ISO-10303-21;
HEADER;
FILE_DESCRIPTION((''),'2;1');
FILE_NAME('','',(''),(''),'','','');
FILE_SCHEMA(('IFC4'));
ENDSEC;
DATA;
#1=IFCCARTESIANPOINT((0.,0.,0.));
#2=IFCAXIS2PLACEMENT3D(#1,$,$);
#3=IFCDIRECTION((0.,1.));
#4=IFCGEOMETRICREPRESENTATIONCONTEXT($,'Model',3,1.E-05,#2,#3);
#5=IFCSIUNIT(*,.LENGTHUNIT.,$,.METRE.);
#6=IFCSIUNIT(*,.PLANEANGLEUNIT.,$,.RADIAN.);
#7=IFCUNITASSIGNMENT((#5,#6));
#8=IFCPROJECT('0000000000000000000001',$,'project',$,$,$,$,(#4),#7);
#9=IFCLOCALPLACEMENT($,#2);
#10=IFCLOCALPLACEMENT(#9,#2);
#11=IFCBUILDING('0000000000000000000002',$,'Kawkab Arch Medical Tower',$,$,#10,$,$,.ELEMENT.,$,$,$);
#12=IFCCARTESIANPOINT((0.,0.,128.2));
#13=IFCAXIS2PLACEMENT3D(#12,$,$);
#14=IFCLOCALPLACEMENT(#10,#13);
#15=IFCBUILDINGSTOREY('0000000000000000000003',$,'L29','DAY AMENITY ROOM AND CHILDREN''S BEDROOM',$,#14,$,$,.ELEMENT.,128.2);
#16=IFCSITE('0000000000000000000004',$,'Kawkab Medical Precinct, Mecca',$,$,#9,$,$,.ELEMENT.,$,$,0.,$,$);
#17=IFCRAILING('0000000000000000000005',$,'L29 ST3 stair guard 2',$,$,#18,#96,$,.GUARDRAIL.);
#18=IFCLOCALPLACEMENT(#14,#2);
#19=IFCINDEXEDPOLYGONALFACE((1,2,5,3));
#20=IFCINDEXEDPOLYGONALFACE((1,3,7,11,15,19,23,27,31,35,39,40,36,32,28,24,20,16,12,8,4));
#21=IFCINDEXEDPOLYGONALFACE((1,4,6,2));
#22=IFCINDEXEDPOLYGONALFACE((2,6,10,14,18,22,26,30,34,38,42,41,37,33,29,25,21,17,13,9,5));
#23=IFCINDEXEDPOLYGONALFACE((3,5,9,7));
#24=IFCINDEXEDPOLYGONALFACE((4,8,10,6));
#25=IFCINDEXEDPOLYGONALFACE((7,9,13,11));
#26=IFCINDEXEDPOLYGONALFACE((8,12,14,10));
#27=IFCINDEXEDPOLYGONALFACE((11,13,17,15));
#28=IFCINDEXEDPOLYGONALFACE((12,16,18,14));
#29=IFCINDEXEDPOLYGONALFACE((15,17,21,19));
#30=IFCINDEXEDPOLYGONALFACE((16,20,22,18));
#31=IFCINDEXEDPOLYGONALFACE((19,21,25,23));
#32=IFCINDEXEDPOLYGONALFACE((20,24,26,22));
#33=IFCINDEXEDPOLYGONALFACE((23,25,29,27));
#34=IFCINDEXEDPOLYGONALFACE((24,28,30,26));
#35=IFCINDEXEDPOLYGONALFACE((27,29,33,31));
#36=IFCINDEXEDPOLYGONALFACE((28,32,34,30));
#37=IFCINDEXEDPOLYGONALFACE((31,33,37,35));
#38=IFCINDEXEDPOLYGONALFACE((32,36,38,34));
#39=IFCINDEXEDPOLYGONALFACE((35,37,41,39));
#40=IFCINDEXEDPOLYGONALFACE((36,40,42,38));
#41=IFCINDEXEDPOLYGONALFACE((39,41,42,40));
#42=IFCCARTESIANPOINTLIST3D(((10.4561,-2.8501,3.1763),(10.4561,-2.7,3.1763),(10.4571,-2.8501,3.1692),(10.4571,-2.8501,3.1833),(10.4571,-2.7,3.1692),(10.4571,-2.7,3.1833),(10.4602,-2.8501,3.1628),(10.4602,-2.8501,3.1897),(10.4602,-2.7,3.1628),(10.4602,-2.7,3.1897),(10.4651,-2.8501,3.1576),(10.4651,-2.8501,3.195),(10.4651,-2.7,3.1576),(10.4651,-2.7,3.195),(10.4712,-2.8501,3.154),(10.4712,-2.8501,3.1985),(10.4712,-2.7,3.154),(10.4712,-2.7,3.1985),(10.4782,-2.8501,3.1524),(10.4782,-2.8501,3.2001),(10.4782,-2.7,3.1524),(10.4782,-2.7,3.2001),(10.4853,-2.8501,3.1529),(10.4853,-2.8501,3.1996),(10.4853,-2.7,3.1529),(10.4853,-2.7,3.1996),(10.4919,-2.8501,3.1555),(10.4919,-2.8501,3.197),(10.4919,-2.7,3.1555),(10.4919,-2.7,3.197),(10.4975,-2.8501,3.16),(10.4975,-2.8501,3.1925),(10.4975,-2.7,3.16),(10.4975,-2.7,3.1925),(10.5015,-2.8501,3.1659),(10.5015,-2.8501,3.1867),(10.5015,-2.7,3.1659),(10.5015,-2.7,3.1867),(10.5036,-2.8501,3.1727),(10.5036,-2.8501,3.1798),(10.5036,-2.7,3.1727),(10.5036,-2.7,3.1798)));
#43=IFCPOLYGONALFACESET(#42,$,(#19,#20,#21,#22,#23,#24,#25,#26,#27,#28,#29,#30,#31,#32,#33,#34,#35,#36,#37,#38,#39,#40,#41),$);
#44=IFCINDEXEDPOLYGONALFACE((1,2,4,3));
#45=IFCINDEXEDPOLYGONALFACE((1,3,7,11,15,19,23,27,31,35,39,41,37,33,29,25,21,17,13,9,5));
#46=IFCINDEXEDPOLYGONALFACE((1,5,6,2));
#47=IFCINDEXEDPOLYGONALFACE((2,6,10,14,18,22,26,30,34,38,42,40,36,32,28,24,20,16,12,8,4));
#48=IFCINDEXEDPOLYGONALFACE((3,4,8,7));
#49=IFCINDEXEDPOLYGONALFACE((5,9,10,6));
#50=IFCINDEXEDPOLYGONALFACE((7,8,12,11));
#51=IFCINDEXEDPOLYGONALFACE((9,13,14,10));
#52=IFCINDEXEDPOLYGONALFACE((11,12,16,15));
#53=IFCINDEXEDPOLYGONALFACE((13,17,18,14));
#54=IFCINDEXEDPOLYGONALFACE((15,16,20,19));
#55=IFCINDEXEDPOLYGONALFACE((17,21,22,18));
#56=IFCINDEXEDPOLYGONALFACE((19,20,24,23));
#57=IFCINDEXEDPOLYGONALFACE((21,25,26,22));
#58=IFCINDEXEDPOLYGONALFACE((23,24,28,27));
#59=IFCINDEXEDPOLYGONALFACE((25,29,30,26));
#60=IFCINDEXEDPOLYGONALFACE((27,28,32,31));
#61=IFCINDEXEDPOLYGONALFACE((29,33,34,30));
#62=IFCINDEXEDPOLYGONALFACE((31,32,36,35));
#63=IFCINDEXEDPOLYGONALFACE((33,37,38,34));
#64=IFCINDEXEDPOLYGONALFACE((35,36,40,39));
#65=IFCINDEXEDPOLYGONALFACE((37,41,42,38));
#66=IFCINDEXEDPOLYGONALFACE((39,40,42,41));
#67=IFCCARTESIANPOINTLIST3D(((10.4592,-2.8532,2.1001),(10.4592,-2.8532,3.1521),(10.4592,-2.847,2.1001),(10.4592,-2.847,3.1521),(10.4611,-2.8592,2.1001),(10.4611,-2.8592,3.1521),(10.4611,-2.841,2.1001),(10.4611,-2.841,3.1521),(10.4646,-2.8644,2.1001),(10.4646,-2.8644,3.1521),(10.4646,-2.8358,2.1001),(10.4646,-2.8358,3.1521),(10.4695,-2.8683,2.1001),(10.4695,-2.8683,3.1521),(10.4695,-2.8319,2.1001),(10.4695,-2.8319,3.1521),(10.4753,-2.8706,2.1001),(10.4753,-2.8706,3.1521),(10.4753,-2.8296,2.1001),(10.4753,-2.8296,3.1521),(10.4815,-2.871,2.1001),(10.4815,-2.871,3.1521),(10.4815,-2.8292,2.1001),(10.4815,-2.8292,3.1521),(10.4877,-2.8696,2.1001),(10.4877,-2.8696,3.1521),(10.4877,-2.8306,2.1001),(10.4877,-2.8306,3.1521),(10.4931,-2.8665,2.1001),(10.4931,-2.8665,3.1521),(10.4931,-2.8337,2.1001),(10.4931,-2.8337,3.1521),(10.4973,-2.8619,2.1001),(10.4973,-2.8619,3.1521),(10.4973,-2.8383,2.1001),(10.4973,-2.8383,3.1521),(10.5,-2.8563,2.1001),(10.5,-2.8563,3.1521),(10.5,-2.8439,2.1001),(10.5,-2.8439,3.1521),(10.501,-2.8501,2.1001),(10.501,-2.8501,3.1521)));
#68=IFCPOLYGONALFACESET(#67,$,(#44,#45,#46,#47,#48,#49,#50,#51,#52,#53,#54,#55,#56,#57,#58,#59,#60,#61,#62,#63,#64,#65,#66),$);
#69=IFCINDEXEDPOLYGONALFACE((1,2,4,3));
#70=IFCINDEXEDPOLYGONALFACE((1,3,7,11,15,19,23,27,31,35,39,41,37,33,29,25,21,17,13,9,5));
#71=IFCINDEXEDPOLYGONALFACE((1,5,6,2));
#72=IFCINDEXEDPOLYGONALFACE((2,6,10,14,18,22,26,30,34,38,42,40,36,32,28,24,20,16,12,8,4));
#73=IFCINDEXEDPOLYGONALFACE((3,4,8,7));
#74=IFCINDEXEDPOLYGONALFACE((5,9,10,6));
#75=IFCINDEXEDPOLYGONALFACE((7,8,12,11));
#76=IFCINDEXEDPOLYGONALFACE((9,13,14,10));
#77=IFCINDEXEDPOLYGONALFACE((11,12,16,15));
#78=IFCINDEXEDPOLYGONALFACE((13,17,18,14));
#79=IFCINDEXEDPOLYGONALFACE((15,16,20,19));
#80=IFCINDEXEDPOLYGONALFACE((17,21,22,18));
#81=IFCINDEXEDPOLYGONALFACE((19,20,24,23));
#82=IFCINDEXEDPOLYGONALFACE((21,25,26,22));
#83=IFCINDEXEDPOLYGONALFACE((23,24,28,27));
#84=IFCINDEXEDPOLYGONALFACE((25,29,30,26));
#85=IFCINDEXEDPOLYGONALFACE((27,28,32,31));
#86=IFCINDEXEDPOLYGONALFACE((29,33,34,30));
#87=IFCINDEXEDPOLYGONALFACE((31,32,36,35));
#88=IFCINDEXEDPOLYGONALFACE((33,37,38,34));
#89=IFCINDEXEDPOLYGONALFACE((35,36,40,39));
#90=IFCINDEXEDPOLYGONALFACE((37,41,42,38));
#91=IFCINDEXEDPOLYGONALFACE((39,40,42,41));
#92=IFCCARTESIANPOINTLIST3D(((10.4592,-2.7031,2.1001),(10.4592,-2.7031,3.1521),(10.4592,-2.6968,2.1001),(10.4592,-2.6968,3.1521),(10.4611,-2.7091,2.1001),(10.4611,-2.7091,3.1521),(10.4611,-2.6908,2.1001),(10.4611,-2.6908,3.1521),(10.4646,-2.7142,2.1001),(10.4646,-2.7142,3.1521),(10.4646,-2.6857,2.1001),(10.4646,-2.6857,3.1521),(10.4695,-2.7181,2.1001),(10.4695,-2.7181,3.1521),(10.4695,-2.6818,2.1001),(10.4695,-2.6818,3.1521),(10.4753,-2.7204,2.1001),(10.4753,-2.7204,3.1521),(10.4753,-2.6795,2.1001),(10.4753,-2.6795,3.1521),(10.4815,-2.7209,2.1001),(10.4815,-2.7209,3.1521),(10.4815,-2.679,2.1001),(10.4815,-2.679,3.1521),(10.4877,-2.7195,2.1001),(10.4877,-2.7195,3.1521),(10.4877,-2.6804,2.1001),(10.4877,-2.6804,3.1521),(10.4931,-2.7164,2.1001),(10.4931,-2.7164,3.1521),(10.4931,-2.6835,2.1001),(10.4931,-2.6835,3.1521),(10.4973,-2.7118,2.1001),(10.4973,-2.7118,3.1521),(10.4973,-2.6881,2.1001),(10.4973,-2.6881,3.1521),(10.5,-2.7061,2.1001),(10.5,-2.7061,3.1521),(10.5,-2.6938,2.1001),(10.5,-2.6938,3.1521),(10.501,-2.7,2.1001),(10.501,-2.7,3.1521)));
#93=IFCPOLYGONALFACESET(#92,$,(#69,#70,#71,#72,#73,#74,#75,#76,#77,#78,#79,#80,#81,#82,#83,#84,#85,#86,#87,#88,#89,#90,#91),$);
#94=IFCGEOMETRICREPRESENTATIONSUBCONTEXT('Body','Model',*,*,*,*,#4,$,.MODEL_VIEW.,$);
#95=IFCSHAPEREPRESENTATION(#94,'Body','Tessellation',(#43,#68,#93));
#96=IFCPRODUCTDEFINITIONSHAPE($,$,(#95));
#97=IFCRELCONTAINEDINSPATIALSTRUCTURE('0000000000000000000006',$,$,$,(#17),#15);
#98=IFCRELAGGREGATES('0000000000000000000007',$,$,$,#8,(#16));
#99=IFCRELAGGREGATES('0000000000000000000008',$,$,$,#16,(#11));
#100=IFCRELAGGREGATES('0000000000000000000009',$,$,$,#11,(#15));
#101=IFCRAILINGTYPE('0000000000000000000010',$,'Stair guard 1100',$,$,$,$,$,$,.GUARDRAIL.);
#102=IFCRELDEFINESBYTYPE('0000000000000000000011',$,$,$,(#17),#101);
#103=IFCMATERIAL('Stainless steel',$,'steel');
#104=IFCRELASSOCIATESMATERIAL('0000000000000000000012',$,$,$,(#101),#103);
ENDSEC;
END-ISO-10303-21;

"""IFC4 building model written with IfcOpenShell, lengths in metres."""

from ifc_helpers import new_model, si_unit, direction, frame, origin, origin_2d, place, context, subcontext, project, spatial, circle, extrude, material, type_object, element, save


model = new_model("IFC4")

# Units and contexts
model_context = context("Model", 3, precision=1e-05, world=origin(), true_north=direction((0.0, 1.0)))
body_context = subcontext(model_context, "Body", "Model", "MODEL_VIEW")
ifc_project = project(units=[si_unit("LENGTHUNIT", "METRE"), si_unit("PLANEANGLEUNIT", "RADIAN")], contexts=[model_context])

# Site, building, storey
site_placement = place(None, origin())
site = spatial("IfcSite", under=ifc_project, at=site_placement, Name="Kawkab Medical Precinct, Mecca", CompositionType="ELEMENT", RefElevation=0.0)
building_placement = place(site_placement, origin())
building = spatial("IfcBuilding", under=site, at=building_placement, Name="Kawkab Arch Medical Tower", CompositionType="ELEMENT")
storey_placement = place(building_placement, frame((0.0, 0.0, 128.2)))
storey = spatial("IfcBuildingStorey", under=building, at=storey_placement, Name="L29", Description="DAY AMENITY ROOM AND CHILDREN'S BEDROOM", CompositionType="ELEMENT", Elevation=128.2)

# Railing
ifc_material_1 = material(Name="Stainless steel", Category="steel")
railing_type_1 = type_object("IfcRailingType", Name="Stair guard 1100", PredefinedType="GUARDRAIL", material=ifc_material_1)
railing_1_placement = place(storey_placement, frame((10.48, -2.8501, 2.1001)))
element("IfcRailing", 1, at=railing_1_placement, inside=storey, type_object=railing_type_1, Name="L29 ST3 stair guard 2", PredefinedType="GUARDRAIL", context=body_context, shape_type="SweptSolid", body=[
    extrude(circle(Radius=0.0239, at=origin_2d()), frame((0.0, 0.0, 1.0762), z_axis=(0.0, 1.0, 0.0), x_axis=(-1.0, 0.0, 0.0)), (0.0, 0.0, 1.0), 0.1501),
    extrude(circle(Radius=0.021, at=origin_2d()), origin(), (0.0, 0.0, 1.0), 1.052),
    extrude(circle(Radius=0.021, at=origin_2d()), frame((0.0, 0.1501, 0.0)), (0.0, 0.0, 1.0), 1.052),
])

save(model, "model.ifc")
